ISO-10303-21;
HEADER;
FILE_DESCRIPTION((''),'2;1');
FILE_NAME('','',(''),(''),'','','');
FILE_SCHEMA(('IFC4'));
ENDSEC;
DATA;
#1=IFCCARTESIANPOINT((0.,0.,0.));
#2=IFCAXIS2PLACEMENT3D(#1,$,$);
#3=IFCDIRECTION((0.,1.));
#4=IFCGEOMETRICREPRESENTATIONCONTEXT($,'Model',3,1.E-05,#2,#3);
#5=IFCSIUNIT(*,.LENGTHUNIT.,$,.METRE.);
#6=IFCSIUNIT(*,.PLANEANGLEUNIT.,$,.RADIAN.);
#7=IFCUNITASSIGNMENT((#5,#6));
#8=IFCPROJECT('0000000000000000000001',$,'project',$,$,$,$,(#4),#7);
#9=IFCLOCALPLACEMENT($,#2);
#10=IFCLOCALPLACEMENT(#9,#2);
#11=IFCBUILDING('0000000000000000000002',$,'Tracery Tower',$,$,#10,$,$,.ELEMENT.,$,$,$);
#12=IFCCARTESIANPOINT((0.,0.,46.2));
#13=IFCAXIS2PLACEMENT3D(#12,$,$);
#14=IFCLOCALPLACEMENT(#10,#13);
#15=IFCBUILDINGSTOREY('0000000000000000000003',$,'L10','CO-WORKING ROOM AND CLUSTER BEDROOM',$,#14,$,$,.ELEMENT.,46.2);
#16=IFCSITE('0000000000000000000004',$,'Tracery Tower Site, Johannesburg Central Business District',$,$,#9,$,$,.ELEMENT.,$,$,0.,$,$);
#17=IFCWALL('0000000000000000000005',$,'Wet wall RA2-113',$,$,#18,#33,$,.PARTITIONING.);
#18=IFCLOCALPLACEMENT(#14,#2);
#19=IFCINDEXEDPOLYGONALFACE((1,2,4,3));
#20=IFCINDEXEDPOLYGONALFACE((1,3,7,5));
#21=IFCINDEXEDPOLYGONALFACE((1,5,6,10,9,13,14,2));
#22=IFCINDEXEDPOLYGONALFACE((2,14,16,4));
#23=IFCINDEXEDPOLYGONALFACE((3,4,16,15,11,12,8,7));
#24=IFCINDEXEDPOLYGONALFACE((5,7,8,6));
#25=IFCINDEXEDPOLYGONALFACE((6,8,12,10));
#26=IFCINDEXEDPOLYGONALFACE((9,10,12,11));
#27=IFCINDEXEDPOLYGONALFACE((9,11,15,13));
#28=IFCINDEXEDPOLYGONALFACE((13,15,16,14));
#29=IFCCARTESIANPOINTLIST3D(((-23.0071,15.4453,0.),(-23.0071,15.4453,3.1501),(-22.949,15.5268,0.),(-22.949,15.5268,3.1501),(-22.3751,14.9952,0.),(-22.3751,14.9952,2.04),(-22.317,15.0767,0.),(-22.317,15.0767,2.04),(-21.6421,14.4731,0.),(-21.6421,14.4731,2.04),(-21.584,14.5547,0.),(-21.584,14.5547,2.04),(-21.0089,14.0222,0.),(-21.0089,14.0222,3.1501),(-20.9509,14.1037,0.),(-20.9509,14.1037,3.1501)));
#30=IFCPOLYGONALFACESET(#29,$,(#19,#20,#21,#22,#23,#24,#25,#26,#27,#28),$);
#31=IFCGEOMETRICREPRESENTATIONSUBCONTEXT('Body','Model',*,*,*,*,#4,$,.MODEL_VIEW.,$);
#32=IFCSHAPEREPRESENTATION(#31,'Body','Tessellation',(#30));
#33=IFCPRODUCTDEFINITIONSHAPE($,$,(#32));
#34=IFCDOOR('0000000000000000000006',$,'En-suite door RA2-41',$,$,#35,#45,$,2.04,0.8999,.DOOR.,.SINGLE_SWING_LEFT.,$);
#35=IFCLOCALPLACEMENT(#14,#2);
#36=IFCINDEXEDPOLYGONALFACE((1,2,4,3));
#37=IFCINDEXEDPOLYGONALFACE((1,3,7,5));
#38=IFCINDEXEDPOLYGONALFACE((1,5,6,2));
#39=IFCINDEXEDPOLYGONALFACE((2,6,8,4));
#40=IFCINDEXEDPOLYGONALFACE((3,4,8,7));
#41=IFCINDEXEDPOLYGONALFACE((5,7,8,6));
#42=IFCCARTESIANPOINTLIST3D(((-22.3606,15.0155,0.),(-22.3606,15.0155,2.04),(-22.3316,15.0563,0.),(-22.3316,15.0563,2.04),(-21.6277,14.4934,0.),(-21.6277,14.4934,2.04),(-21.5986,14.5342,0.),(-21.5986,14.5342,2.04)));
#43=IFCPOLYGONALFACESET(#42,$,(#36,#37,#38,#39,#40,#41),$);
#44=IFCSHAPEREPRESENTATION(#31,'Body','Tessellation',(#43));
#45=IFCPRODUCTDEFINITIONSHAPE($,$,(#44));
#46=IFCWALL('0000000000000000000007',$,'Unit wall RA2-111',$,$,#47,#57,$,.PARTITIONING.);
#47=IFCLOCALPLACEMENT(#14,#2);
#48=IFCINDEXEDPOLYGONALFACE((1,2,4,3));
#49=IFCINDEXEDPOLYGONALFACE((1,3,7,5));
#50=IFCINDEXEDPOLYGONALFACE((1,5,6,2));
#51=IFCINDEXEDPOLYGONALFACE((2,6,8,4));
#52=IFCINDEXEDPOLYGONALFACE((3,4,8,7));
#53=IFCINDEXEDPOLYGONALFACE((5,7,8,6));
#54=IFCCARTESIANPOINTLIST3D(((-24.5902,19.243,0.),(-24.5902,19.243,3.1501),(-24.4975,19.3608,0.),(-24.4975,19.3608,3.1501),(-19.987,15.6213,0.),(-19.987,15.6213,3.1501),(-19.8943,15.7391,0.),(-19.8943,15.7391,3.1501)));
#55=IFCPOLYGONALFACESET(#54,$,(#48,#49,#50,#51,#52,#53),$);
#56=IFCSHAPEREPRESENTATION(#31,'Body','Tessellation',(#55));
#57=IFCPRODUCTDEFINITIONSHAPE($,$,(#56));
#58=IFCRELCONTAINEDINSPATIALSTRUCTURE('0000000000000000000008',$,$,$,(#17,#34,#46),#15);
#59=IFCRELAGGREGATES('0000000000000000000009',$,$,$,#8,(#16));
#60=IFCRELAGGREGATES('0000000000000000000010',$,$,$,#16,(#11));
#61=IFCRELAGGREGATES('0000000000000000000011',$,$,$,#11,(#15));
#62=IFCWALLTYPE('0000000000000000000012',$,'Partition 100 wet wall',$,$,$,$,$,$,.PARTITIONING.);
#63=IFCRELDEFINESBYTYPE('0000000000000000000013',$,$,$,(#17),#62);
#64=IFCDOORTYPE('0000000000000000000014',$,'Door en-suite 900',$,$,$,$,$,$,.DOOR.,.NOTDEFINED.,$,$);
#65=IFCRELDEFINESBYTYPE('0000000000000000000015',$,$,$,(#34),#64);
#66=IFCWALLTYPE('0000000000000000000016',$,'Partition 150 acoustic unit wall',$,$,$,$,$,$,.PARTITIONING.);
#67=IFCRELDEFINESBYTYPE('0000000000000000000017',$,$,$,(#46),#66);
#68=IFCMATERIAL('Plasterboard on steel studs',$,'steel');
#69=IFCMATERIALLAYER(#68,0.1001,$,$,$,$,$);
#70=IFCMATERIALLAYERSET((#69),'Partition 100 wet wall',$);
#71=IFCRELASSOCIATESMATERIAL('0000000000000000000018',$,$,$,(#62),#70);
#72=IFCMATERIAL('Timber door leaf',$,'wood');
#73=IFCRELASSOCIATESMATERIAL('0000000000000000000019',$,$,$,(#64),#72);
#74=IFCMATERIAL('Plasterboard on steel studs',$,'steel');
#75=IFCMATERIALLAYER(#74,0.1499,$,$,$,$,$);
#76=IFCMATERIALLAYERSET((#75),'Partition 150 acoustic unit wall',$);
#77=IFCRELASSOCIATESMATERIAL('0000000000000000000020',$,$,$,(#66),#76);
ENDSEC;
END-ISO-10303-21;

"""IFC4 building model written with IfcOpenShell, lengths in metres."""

from ifc_helpers import new_model, si_unit, direction, frame, frame_2d, origin, place, context, subcontext, project, spatial, rectangle, extrude, material, layer, layer_set, type_object, element, fill, save


model = new_model("IFC4")

# Units and contexts
model_context = context("Model", 3, precision=1e-05, world=origin(), true_north=direction((0.0, 1.0)))
body_context = subcontext(model_context, "Body", "Model", "MODEL_VIEW")
ifc_project = project(units=[si_unit("LENGTHUNIT", "METRE"), si_unit("PLANEANGLEUNIT", "RADIAN")], contexts=[model_context])

# Site, building, storey
site_placement = place(None, origin())
site = spatial("IfcSite", under=ifc_project, at=site_placement, Name="Tracery Tower Site, Johannesburg Central Business District", CompositionType="ELEMENT", RefElevation=0.0)
building_placement = place(site_placement, origin())
building = spatial("IfcBuilding", under=site, at=building_placement, Name="Tracery Tower", CompositionType="ELEMENT")
storey_placement = place(building_placement, frame((0.0, 0.0, 46.2)))
storey = spatial("IfcBuildingStorey", under=building, at=storey_placement, Name="L10", Description="CO-WORKING ROOM AND CLUSTER BEDROOM", CompositionType="ELEMENT", Elevation=46.2)

# Shared definitions
ifc_material_1 = material(Name="Plasterboard on steel studs", Category="steel")
ifc_layer_1 = layer(ifc_material_1, 0.1001)
ifc_layer_set_1 = layer_set([ifc_layer_1], Name="Partition 100 wet wall")
wall_type_1 = type_object("IfcWallType", Name="Partition 100 wet wall", PredefinedType="PARTITIONING", material=ifc_layer_set_1)
ifc_material_2 = material(Name="Timber door leaf", Category="wood")
door_type = type_object("IfcDoorType", Name="Door en-suite 900", OperationType="NOTDEFINED", PredefinedType="DOOR", material=ifc_material_2)

# Wall, opening, door
wall_1_placement = place(storey_placement, frame((-22.978, 15.4861, 0.0), z_axis=(0.0, 0.0, 1.0), x_axis=(0.81452, -0.580136, 0.0)))
wall_1 = element("IfcWall", 1, at=wall_1_placement, inside=storey, type_object=wall_type_1, Name="Wet wall RA2-113", PredefinedType="PARTITIONING", context=body_context, shape_type="SweptSolid", body=[
    extrude(rectangle(XDim=2.4531, YDim=0.1001, at=frame_2d((1.2266, 0.0))), origin(), (0.0, 0.0, 1.0), 3.1501),
])
opening_1_placement = place(wall_1_placement, frame((0.7759, 0.0, 0.0)))
opening_1 = element("IfcOpeningElement", 2, at=opening_1_placement, cuts=wall_1, PredefinedType="OPENING", context=body_context, shape_type="SweptSolid", body=[
    extrude(rectangle(XDim=0.8999, YDim=2.04, at=frame_2d((0.45, 1.02))), frame((0.0, 0.05, 0.0), z_axis=(0.0, -1.0, 0.0), x_axis=(1.0, 0.0, 0.0)), (0.0, 0.0, 1.0), 0.1001),
])
door_1_placement = place(opening_1_placement, origin())
door_1 = element("IfcDoor", 3, at=door_1_placement, inside=storey, type_object=door_type, Name="En-suite door RA2-41", OperationType="SINGLE_SWING_LEFT", OverallHeight=2.04, OverallWidth=0.8999, PredefinedType="DOOR", context=body_context, shape_type="SweptSolid", body=[
    extrude(rectangle(XDim=0.8999, YDim=2.04, at=frame_2d((0.45, 1.02))), frame((0.0, 0.0249, 0.0), z_axis=(0.0, -1.0, 0.0), x_axis=(1.0, 0.0, 0.0)), (0.0, 0.0, 1.0), 0.05),
])
fill(opening_1, door_1)

# Wall
ifc_material_3 = material(Name="Plasterboard on steel studs", Category="steel")
ifc_layer_2 = layer(ifc_material_3, 0.1499)
ifc_layer_set_2 = layer_set([ifc_layer_2], Name="Partition 150 acoustic unit wall")
wall_type_2 = type_object("IfcWallType", Name="Partition 150 acoustic unit wall", PredefinedType="PARTITIONING", material=ifc_layer_set_2)
wall_2_placement = place(storey_placement, frame((-24.5439, 19.302, 0.0), z_axis=(0.0, 0.0, 1.0), x_axis=(0.785906, -0.618346, 0.0)))
element("IfcWall", 4, at=wall_2_placement, inside=storey, type_object=wall_type_2, Name="Unit wall RA2-111", PredefinedType="PARTITIONING", context=body_context, shape_type="SweptSolid", body=[
    extrude(rectangle(XDim=5.8572, YDim=0.1499, at=frame_2d((2.9287, 0.0))), origin(), (0.0, 0.0, 1.0), 3.1501),
])

save(model, "model.ifc")
